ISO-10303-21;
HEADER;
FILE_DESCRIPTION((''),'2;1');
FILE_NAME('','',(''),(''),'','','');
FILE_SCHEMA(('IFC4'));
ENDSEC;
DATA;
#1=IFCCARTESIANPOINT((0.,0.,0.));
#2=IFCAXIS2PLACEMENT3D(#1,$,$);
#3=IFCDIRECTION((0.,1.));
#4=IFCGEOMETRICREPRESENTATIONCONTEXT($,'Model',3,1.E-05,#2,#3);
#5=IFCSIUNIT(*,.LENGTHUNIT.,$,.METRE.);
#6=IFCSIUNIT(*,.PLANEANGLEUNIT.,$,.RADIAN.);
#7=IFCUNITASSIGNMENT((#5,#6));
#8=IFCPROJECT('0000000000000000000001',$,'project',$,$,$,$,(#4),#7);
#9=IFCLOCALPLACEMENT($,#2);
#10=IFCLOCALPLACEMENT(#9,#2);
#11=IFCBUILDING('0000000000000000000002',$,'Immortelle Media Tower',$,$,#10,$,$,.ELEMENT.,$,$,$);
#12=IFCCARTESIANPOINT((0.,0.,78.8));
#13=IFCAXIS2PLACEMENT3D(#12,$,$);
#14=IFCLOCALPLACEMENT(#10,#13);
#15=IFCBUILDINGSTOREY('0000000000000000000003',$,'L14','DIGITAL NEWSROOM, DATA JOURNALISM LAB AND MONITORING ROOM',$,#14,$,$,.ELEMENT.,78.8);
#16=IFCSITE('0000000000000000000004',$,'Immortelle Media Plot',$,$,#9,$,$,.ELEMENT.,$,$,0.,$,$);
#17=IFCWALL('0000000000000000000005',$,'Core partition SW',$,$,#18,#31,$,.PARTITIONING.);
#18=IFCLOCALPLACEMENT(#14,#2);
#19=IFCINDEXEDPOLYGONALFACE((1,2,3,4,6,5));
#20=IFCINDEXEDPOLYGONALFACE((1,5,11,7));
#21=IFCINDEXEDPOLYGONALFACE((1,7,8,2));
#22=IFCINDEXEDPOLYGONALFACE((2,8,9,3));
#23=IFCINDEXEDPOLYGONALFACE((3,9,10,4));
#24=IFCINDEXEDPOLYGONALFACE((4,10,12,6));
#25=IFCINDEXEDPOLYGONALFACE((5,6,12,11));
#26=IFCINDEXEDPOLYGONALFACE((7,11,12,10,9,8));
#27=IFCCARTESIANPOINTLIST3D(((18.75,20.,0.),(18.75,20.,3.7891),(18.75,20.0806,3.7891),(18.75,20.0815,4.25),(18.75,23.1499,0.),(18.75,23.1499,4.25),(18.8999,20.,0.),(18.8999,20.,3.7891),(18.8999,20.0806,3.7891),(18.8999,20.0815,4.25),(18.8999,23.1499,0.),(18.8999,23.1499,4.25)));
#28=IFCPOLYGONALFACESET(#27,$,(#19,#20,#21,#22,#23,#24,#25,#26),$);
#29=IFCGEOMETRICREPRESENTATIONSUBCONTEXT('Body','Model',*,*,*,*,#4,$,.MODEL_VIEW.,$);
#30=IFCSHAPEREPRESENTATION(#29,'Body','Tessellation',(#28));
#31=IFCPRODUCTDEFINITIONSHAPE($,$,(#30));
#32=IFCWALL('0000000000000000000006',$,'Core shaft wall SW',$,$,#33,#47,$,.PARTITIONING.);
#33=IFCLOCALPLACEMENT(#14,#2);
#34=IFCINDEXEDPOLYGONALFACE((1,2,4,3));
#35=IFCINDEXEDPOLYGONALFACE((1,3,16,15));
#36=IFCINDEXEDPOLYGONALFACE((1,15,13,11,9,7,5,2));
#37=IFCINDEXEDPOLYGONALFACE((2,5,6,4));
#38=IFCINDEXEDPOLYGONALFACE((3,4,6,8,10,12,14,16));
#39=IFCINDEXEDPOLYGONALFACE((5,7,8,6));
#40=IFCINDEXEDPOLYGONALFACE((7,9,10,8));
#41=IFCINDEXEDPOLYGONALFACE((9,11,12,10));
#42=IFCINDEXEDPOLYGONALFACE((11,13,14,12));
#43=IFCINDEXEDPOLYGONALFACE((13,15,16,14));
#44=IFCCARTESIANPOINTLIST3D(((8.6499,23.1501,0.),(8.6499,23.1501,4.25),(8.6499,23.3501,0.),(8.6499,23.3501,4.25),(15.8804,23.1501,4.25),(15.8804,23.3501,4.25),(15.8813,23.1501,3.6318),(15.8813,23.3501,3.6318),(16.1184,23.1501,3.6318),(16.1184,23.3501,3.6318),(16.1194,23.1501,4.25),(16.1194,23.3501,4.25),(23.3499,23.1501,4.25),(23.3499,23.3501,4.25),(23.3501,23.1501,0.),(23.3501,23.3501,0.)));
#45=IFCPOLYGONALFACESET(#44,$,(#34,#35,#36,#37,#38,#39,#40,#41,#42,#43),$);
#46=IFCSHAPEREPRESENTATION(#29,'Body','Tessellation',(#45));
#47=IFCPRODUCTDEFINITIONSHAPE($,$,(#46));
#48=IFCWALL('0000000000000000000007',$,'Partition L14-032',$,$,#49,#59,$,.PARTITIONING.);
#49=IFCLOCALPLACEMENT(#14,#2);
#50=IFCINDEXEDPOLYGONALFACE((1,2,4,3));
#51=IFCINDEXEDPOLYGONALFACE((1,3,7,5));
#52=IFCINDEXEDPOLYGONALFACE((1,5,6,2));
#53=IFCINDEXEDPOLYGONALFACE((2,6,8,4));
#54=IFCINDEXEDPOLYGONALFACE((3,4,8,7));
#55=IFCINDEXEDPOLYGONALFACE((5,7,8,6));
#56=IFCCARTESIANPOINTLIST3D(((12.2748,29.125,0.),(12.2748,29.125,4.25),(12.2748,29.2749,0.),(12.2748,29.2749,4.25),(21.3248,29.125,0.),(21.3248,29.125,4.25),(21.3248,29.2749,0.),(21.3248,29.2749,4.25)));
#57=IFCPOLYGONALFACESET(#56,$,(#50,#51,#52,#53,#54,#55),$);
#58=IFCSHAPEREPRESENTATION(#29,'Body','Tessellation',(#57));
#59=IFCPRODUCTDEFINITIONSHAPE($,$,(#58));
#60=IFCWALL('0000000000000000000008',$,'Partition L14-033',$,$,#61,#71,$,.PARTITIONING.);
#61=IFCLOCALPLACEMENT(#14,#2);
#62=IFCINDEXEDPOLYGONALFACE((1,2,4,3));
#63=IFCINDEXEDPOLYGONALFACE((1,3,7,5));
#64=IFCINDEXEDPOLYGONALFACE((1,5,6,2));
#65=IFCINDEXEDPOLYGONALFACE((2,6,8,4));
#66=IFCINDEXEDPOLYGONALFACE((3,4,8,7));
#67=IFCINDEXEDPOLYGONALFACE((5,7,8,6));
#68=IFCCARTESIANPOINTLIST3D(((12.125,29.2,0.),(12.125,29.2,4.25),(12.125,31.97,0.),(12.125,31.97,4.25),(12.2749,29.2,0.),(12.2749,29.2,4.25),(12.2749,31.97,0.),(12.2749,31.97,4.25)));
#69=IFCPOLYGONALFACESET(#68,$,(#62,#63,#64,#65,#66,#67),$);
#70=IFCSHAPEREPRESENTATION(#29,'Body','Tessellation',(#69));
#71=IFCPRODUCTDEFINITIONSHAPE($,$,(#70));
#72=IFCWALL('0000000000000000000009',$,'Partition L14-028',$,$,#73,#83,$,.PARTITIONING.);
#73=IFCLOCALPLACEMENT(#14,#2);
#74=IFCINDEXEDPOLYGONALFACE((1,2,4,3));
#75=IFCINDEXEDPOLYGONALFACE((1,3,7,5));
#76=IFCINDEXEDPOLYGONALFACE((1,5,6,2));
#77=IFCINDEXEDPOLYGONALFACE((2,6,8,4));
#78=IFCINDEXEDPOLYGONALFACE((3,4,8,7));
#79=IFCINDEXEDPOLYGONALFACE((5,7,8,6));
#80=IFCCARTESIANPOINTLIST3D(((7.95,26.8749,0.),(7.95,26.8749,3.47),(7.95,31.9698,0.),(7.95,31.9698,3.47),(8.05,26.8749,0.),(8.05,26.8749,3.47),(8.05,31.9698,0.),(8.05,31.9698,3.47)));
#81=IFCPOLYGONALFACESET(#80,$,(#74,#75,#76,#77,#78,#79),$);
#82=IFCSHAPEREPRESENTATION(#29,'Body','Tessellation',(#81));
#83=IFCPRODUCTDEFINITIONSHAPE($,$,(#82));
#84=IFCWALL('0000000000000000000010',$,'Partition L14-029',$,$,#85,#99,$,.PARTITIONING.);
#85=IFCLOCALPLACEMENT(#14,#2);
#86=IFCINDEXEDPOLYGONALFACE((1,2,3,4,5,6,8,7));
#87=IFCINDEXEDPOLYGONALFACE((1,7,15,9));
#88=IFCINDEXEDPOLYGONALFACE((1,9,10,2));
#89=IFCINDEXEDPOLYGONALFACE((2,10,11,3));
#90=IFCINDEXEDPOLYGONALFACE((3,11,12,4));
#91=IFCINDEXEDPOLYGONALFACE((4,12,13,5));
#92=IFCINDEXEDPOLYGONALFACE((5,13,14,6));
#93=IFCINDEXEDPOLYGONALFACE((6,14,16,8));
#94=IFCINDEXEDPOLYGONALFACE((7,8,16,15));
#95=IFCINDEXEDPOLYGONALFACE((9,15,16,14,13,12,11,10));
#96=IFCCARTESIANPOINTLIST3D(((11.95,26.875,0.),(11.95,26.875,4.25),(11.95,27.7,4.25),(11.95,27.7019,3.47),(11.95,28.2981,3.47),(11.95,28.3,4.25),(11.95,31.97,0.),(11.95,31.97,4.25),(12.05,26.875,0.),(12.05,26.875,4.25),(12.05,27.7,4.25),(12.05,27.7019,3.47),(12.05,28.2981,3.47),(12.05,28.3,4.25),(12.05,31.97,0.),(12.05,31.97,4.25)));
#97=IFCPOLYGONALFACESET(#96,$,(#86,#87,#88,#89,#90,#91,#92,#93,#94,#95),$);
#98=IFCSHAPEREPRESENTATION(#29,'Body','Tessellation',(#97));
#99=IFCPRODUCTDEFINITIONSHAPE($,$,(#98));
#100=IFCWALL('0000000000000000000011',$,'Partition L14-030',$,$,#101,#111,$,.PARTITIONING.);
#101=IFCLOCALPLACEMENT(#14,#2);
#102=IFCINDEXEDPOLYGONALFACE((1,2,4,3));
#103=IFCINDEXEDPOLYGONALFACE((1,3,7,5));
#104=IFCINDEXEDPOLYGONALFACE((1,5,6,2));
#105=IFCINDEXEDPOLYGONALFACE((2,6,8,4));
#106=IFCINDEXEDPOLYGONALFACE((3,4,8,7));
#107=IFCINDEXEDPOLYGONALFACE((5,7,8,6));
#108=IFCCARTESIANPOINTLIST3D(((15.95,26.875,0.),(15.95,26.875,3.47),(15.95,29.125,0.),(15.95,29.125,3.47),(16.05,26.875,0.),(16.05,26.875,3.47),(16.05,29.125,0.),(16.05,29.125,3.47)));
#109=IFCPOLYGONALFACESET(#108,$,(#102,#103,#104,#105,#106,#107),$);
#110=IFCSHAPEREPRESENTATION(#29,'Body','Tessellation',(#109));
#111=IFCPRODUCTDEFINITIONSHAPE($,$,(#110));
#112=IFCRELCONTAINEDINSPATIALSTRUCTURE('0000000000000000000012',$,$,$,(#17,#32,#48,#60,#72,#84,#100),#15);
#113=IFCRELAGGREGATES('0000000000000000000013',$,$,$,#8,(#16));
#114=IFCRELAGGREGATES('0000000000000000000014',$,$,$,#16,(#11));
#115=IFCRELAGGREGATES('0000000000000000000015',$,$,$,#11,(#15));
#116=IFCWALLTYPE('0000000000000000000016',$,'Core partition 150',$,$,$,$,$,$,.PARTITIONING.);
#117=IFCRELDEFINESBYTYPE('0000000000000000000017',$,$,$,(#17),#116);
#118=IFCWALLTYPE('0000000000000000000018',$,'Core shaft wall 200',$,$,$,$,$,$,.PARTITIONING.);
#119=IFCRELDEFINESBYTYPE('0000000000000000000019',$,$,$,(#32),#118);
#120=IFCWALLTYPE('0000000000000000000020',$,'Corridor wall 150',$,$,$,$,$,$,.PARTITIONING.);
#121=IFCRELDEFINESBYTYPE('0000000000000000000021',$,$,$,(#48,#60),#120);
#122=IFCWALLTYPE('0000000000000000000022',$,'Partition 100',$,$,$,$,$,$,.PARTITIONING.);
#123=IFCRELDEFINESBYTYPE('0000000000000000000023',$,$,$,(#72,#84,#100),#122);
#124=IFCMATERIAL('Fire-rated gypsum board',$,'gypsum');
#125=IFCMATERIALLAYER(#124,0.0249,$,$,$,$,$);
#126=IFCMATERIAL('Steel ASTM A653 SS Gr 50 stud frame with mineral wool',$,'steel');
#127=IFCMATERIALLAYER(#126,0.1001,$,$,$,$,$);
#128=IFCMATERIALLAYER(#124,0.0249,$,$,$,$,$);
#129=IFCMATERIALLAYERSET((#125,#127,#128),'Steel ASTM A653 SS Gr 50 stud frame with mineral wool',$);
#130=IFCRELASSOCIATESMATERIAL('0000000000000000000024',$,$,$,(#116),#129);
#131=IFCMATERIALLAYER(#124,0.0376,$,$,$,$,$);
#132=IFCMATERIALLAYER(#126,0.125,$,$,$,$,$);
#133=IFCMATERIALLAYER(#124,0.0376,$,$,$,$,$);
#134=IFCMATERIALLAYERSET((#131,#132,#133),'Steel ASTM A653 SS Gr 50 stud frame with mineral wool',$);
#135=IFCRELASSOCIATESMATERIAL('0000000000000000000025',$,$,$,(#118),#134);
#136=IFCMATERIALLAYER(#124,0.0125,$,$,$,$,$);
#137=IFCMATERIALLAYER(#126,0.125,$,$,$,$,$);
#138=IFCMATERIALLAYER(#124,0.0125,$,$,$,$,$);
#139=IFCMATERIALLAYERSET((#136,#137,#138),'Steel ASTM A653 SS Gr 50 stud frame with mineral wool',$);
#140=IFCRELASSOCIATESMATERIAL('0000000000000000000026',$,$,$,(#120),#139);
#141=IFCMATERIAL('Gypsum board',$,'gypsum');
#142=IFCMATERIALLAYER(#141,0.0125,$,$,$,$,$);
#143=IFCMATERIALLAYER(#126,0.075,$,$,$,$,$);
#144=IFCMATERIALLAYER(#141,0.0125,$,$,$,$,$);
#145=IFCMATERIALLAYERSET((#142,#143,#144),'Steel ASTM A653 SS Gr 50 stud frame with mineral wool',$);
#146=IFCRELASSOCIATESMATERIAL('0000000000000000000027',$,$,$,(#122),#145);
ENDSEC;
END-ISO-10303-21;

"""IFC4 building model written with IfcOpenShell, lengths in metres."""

from ifc_helpers import new_model, si_unit, direction, frame, frame_2d, origin, place, context, subcontext, project, spatial, polyline, rectangle, outline, extrude, material, layer, layer_set, type_object, element, save


model = new_model("IFC4")

# Units and contexts
model_context = context("Model", 3, precision=1e-05, world=origin(), true_north=direction((0.0, 1.0)))
body_context = subcontext(model_context, "Body", "Model", "MODEL_VIEW")
ifc_project = project(units=[si_unit("LENGTHUNIT", "METRE"), si_unit("PLANEANGLEUNIT", "RADIAN")], contexts=[model_context])

# Site, building, storey
site_placement = place(None, origin())
site = spatial("IfcSite", under=ifc_project, at=site_placement, Name="Immortelle Media Plot", CompositionType="ELEMENT", RefElevation=0.0)
building_placement = place(site_placement, origin())
building = spatial("IfcBuilding", under=site, at=building_placement, Name="Immortelle Media Tower", CompositionType="ELEMENT")
storey_placement = place(building_placement, frame((0.0, 0.0, 78.8)))
storey = spatial("IfcBuildingStorey", under=building, at=storey_placement, Name="L14", Description="DIGITAL NEWSROOM, DATA JOURNALISM LAB AND MONITORING ROOM", CompositionType="ELEMENT", Elevation=78.8)

# Walls
ifc_material_1 = material(Name="Fire-rated gypsum board", Category="gypsum")
ifc_layer_1 = layer(ifc_material_1, 0.0249)
ifc_material_2 = material(Name="Steel ASTM A653 SS Gr 50 stud frame with mineral wool", Category="steel")
ifc_layer_2 = layer(ifc_material_2, 0.1001)
ifc_layer_3 = layer(ifc_material_1, 0.0249)
ifc_layer_set_1 = layer_set([ifc_layer_1, ifc_layer_2, ifc_layer_3], Name="Steel ASTM A653 SS Gr 50 stud frame with mineral wool")
wall_type_1 = type_object("IfcWallType", Name="Core partition 150", PredefinedType="PARTITIONING", material=ifc_layer_set_1)
for number, where, z_axis, x_axis, name in (
    (1, (18.825, 20.0, 0.0), (0.0, 0.0, 1.0), (0.0, 1.0, 0.0), "Core partition SW"),
):
    element("IfcWall", number, at=place(storey_placement, frame(where, z_axis=z_axis, x_axis=x_axis)), inside=storey, type_object=wall_type_1, Name=name, PredefinedType="PARTITIONING", context=body_context, shape_type="SweptSolid", body=[
        extrude(outline(polyline([(0.0, 0.0), (3.1499, 0.0), (3.1499, 4.25), (0.0815, 4.25), (0.0806, 3.7891), (0.0, 3.7891), (0.0, 0.0)])), frame((0.0, 0.075, 0.0), z_axis=(0.0, -1.0, 0.0), x_axis=(1.0, 0.0, 0.0)), (0.0, 0.0, 1.0), 0.1499),
    ])
ifc_layer_4 = layer(ifc_material_1, 0.0376)
ifc_layer_5 = layer(ifc_material_2, 0.125)
ifc_layer_6 = layer(ifc_material_1, 0.0376)
ifc_layer_set_2 = layer_set([ifc_layer_4, ifc_layer_5, ifc_layer_6], Name="Steel ASTM A653 SS Gr 50 stud frame with mineral wool")
wall_type_2 = type_object("IfcWallType", Name="Core shaft wall 200", PredefinedType="PARTITIONING", material=ifc_layer_set_2)
wall_1_placement = place(storey_placement, frame((8.6499, 23.25, 0.0), z_axis=(0.0, 0.0, 1.0), x_axis=(1.0, 0.0, 0.0)))
element("IfcWall", 2, at=wall_1_placement, inside=storey, type_object=wall_type_2, Name="Core shaft wall SW", PredefinedType="PARTITIONING", context=body_context, shape_type="SweptSolid", body=[
    extrude(outline(polyline([(0.0, 0.0), (14.7002, 0.0), (14.7, 4.25), (7.4695, 4.25), (7.4685, 3.6318), (7.2314, 3.6318), (7.2305, 4.25), (0.0, 4.25), (0.0, 0.0)])), frame((0.0, 0.1001, 0.0), z_axis=(0.0, -1.0, 0.0), x_axis=(1.0, 0.0, 0.0)), (0.0, 0.0, 1.0), 0.2),
])
ifc_layer_7 = layer(ifc_material_1, 0.0125)
ifc_layer_8 = layer(ifc_material_2, 0.125)
ifc_layer_9 = layer(ifc_material_1, 0.0125)
ifc_layer_set_3 = layer_set([ifc_layer_7, ifc_layer_8, ifc_layer_9], Name="Steel ASTM A653 SS Gr 50 stud frame with mineral wool")
wall_type_3 = type_object("IfcWallType", Name="Corridor wall 150", PredefinedType="PARTITIONING", material=ifc_layer_set_3)
wall_2_placement = place(storey_placement, frame((12.2749, 29.2, 0.0), z_axis=(0.0, 0.0, 1.0), x_axis=(1.0, 0.0, 0.0)))
element("IfcWall", 3, at=wall_2_placement, inside=storey, type_object=wall_type_3, Name="Partition L14-032", PredefinedType="PARTITIONING", context=body_context, shape_type="SweptSolid", body=[
    extrude(rectangle(XDim=9.05, YDim=0.1499, at=frame_2d((4.5249, 0.0))), origin(), (0.0, 0.0, 1.0), 4.25),
])
wall_3_placement = place(storey_placement, frame((12.2, 29.2, 0.0), z_axis=(0.0, 0.0, 1.0), x_axis=(0.0, 1.0, 0.0)))
element("IfcWall", 4, at=wall_3_placement, inside=storey, type_object=wall_type_3, Name="Partition L14-033", PredefinedType="PARTITIONING", context=body_context, shape_type="SweptSolid", body=[
    extrude(rectangle(XDim=2.77, YDim=0.1499, at=frame_2d((1.385, 0.0))), origin(), (0.0, 0.0, 1.0), 4.25),
])
ifc_material_3 = material(Name="Gypsum board", Category="gypsum")
ifc_layer_10 = layer(ifc_material_3, 0.0125)
ifc_layer_11 = layer(ifc_material_2, 0.075)
ifc_layer_12 = layer(ifc_material_3, 0.0125)
ifc_layer_set_4 = layer_set([ifc_layer_10, ifc_layer_11, ifc_layer_12], Name="Steel ASTM A653 SS Gr 50 stud frame with mineral wool")
wall_type_4 = type_object("IfcWallType", Name="Partition 100", PredefinedType="PARTITIONING", material=ifc_layer_set_4)
wall_4_placement = place(storey_placement, frame((8.0, 26.875, 0.0), z_axis=(0.0, 0.0, 1.0), x_axis=(0.0, 1.0, 0.0)))
element("IfcWall", 5, at=wall_4_placement, inside=storey, type_object=wall_type_4, Name="Partition L14-028", PredefinedType="PARTITIONING", context=body_context, shape_type="SweptSolid", body=[
    extrude(rectangle(XDim=5.095, YDim=0.1001, at=frame_2d((2.5474, 0.0))), origin(), (0.0, 0.0, 1.0), 3.47),
])
wall_5_placement = place(storey_placement, frame((12.0, 26.875, 0.0), z_axis=(0.0, 0.0, 1.0), x_axis=(0.0, 1.0, 0.0)))
element("IfcWall", 6, at=wall_5_placement, inside=storey, type_object=wall_type_4, Name="Partition L14-029", PredefinedType="PARTITIONING", context=body_context, shape_type="SweptSolid", body=[
    extrude(outline(polyline([(0.0, 0.0), (5.095, 0.0), (5.095, 4.25), (1.425, 4.25), (1.4231, 3.47), (0.8269, 3.47), (0.825, 4.25), (0.0, 4.25), (0.0, 0.0)])), frame((0.0, 0.05, 0.0), z_axis=(0.0, -1.0, 0.0), x_axis=(1.0, 0.0, 0.0)), (0.0, 0.0, 1.0), 0.1001),
])
wall_6_placement = place(storey_placement, frame((16.0, 26.875, 0.0), z_axis=(0.0, 0.0, 1.0), x_axis=(0.0, 1.0, 0.0)))
element("IfcWall", 7, at=wall_6_placement, inside=storey, type_object=wall_type_4, Name="Partition L14-030", PredefinedType="PARTITIONING", context=body_context, shape_type="SweptSolid", body=[
    extrude(rectangle(XDim=2.25, YDim=0.1001, at=frame_2d((1.125, 0.0))), origin(), (0.0, 0.0, 1.0), 3.47),
])

save(model, "model.ifc")
